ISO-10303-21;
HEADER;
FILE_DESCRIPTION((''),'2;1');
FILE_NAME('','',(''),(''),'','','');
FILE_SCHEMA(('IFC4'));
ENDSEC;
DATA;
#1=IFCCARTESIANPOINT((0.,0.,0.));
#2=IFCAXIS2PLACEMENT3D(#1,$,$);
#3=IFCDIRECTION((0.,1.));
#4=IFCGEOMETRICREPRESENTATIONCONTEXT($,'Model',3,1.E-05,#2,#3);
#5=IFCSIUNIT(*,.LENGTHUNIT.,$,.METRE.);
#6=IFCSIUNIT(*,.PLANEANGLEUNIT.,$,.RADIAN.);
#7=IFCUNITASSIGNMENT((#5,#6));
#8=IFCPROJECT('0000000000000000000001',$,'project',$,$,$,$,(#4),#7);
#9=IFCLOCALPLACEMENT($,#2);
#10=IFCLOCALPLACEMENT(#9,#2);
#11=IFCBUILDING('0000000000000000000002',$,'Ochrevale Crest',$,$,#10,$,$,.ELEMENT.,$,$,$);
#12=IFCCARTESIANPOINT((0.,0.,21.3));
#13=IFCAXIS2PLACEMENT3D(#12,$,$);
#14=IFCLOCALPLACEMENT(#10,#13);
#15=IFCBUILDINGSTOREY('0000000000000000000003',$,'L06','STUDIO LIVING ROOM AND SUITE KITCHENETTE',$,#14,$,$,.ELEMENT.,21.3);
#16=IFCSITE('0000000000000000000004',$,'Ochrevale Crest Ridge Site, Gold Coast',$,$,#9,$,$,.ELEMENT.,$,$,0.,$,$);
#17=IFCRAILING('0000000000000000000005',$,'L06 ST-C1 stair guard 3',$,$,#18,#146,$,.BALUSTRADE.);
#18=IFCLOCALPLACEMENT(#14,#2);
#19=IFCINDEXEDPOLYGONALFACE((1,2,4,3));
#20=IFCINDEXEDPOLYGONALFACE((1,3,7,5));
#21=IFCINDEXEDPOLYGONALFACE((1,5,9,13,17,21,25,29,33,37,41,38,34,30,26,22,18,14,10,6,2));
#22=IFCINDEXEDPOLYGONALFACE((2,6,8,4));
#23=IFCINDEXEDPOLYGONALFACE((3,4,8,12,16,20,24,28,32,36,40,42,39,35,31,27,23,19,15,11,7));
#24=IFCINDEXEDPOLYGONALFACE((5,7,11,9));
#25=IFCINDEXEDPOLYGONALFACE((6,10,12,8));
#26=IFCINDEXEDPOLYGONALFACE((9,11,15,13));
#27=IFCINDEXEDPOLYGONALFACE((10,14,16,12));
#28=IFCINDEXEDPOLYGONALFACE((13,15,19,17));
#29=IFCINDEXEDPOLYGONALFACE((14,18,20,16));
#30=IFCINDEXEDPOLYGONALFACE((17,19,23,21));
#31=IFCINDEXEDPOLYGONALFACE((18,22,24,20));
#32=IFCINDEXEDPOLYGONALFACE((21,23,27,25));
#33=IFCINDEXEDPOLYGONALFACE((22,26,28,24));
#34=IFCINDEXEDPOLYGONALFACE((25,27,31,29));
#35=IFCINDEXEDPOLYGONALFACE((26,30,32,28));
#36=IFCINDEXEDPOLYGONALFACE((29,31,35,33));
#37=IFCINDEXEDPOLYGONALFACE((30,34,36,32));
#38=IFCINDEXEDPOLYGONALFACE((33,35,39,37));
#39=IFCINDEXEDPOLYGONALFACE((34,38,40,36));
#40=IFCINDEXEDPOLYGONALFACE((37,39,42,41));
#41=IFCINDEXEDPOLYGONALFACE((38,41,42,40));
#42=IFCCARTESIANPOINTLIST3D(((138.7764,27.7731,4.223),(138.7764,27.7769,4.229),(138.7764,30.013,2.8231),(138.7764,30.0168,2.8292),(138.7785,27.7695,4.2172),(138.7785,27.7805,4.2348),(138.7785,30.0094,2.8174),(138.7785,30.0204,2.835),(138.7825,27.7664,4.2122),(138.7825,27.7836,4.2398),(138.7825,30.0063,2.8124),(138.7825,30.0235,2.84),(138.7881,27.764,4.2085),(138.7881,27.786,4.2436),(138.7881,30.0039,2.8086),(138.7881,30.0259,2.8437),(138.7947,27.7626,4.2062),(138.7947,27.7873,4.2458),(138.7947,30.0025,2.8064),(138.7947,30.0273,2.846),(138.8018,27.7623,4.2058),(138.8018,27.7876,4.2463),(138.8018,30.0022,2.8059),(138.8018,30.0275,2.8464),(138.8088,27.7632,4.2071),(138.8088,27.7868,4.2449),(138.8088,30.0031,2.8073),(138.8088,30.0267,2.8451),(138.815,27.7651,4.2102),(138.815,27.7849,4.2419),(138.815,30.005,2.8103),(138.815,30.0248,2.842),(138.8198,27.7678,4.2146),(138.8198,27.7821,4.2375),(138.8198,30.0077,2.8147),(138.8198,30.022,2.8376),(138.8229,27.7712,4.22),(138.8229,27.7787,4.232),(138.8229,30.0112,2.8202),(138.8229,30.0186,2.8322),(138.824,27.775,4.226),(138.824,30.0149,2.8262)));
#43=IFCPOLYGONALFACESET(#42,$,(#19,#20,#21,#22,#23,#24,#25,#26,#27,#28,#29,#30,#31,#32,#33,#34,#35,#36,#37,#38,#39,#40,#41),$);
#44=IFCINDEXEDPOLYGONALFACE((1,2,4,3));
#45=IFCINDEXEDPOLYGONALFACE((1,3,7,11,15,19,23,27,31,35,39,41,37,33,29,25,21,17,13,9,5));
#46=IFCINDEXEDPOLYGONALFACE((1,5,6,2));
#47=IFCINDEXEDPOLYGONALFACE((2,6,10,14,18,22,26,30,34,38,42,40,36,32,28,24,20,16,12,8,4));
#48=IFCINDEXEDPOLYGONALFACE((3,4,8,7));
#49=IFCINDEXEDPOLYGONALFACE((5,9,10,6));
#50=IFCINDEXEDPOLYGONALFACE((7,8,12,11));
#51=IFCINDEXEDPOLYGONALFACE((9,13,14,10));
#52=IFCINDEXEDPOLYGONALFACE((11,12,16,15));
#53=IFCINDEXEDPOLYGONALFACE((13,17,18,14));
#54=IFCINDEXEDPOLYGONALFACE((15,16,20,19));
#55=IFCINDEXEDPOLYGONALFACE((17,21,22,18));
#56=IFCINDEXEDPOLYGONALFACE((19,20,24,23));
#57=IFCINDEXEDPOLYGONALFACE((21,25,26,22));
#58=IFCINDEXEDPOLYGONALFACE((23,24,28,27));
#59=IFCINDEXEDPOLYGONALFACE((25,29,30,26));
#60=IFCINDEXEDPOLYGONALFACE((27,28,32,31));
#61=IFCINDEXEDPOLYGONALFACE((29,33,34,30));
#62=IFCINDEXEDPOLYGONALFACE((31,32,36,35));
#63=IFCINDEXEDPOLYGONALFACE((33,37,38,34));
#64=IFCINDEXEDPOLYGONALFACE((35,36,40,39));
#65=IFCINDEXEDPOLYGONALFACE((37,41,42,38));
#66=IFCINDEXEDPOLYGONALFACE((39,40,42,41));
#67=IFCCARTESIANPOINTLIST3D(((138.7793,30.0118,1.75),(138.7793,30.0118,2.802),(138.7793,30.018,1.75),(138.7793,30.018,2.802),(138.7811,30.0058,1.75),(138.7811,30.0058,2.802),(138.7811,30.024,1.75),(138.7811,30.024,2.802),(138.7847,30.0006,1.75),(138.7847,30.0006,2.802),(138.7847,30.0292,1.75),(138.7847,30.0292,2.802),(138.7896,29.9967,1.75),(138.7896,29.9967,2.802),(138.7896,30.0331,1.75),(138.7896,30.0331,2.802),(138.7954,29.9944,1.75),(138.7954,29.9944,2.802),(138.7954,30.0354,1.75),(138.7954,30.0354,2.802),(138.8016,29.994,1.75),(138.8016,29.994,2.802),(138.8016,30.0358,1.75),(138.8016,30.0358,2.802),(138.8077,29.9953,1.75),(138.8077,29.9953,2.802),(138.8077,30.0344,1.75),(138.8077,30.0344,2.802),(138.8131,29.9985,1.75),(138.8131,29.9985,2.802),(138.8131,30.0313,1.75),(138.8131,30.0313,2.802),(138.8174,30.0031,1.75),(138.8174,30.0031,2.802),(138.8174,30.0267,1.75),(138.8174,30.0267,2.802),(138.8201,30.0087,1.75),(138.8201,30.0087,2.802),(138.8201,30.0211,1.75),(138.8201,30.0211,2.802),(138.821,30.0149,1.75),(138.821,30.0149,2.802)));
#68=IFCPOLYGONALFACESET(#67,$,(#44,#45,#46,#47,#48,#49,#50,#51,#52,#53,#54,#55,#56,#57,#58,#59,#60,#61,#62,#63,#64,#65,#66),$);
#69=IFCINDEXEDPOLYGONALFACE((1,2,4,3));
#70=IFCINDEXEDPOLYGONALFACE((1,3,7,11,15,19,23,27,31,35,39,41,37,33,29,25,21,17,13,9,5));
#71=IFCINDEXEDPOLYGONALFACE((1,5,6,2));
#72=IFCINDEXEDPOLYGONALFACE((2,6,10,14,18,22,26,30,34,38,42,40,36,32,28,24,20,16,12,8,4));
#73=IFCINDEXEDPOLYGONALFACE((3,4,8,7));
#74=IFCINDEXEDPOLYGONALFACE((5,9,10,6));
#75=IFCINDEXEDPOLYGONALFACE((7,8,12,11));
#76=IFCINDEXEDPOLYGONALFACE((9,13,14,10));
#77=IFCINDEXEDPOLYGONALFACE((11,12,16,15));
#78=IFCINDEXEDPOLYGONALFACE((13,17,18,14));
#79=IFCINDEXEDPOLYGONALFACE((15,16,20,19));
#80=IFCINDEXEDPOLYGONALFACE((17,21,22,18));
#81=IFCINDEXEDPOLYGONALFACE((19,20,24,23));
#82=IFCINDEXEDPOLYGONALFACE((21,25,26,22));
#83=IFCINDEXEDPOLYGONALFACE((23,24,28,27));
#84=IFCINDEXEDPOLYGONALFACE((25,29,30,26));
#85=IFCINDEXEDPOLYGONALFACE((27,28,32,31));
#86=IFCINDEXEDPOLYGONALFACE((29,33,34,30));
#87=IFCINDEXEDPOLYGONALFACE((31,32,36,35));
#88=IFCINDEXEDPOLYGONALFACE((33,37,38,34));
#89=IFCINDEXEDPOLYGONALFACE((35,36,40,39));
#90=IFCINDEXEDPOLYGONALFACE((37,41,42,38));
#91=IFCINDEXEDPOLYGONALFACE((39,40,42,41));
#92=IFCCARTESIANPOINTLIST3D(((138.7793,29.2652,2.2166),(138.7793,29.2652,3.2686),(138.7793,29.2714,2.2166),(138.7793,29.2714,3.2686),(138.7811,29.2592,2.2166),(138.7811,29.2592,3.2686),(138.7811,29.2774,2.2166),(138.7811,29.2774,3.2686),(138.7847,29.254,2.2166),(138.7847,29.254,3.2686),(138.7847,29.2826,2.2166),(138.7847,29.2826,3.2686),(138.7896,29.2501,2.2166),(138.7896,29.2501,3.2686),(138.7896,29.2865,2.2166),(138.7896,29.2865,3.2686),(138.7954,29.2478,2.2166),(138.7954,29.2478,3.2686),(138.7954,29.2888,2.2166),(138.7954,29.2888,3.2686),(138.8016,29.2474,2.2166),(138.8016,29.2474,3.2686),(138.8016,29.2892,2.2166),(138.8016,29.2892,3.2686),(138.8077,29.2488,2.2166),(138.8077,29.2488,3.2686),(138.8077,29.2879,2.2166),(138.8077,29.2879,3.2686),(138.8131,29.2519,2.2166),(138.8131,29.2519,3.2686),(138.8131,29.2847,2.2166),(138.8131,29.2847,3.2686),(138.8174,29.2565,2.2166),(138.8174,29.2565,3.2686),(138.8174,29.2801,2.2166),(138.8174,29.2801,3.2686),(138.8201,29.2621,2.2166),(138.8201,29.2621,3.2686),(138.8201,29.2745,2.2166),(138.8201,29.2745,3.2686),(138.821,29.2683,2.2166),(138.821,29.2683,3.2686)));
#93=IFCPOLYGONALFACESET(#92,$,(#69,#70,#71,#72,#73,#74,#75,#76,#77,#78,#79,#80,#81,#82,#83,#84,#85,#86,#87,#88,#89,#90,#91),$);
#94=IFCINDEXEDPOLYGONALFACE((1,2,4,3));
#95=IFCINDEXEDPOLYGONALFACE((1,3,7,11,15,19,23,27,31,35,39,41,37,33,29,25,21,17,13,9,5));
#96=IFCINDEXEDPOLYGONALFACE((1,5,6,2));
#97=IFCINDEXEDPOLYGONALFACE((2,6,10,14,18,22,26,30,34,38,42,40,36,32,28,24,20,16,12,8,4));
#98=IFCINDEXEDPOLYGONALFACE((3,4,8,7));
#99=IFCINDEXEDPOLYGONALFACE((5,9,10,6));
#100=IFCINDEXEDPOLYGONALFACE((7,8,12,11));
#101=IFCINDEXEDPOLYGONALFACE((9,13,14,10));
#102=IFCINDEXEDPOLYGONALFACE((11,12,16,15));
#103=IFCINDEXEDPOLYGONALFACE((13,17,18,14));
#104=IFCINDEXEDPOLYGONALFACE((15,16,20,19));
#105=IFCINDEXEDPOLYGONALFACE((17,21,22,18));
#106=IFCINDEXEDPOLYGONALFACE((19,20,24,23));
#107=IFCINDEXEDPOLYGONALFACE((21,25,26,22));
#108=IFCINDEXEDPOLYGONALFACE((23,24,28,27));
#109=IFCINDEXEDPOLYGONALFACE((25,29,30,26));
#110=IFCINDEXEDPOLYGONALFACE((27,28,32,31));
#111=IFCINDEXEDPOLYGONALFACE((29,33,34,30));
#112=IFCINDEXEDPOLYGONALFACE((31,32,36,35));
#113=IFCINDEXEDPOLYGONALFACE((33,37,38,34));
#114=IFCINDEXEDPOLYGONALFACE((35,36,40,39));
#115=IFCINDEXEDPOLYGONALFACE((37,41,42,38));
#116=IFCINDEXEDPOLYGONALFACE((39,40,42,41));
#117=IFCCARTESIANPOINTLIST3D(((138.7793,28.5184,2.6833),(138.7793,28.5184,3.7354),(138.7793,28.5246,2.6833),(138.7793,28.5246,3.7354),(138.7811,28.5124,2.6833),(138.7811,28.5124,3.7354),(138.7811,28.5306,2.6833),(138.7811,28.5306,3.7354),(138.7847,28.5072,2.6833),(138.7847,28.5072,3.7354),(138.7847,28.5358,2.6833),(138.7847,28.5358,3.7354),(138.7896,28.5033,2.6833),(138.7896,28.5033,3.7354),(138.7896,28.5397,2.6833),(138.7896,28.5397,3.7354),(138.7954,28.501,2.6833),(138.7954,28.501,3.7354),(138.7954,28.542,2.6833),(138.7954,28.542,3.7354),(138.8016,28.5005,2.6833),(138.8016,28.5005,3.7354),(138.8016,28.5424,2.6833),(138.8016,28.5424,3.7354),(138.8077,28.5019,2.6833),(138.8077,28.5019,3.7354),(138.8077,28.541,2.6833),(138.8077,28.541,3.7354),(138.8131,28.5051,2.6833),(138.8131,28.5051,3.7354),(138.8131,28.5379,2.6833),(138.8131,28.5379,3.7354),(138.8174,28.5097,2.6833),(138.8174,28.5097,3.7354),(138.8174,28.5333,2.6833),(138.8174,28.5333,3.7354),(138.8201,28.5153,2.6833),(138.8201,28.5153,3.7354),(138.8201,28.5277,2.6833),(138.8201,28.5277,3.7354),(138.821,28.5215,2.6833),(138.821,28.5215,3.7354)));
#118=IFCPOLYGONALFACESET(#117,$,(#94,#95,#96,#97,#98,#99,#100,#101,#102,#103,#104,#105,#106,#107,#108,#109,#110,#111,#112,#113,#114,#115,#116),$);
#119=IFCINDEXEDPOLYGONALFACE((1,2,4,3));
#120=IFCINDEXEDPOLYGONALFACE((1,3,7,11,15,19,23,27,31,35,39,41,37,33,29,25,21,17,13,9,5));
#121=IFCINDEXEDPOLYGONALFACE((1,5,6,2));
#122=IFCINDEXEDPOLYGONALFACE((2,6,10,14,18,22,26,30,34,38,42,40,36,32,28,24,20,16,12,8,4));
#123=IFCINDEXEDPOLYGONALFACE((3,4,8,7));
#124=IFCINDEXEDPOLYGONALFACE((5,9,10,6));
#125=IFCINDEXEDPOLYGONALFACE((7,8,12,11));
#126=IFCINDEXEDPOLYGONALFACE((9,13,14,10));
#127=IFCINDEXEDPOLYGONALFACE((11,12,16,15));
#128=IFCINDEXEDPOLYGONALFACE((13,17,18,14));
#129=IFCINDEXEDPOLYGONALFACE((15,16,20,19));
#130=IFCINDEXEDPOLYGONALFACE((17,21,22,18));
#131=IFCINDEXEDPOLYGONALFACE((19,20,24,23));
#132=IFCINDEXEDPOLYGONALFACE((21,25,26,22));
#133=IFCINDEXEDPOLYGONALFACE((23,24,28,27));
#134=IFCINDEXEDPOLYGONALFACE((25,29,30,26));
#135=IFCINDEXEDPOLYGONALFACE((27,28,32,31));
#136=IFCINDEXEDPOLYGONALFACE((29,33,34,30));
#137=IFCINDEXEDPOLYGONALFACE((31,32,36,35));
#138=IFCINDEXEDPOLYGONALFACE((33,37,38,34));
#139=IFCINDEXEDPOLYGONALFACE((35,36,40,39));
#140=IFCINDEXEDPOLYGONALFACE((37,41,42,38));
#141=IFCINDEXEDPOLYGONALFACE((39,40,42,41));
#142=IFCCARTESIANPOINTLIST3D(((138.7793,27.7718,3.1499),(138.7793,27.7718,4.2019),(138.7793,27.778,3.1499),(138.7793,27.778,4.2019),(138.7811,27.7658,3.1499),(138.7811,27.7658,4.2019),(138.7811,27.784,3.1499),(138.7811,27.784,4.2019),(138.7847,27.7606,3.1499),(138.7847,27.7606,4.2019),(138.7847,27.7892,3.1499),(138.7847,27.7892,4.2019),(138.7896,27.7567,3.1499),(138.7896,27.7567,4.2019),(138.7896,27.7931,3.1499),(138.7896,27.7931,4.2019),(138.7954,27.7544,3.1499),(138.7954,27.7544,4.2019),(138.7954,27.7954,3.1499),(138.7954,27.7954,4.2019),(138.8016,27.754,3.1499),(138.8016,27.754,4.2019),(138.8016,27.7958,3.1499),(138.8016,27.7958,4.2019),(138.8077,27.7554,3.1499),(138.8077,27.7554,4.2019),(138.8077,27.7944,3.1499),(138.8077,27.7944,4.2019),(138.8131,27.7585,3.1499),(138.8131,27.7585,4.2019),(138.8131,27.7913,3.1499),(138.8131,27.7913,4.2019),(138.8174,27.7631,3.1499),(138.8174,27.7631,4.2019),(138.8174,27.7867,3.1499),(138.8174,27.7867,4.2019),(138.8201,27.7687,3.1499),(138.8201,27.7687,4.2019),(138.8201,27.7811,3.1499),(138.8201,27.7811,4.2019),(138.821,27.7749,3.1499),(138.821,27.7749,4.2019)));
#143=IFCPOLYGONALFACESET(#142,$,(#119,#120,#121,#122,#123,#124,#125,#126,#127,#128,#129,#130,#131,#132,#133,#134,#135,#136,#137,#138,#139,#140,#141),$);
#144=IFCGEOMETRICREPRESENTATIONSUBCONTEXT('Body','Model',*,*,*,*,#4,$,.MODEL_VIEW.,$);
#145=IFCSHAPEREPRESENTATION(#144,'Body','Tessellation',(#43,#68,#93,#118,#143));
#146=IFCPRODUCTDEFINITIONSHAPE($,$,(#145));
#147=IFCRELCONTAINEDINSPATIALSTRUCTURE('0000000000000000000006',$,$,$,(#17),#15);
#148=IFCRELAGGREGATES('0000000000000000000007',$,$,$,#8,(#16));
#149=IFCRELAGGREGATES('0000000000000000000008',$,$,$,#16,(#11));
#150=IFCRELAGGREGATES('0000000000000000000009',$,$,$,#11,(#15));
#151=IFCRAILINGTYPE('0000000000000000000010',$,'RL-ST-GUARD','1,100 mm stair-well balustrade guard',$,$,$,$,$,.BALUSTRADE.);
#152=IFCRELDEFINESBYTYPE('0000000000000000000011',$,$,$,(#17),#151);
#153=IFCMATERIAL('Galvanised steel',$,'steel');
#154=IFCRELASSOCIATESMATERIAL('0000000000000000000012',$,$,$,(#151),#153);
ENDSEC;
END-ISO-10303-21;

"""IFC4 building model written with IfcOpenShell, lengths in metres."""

from ifc_helpers import new_model, si_unit, direction, frame, origin, origin_2d, place, context, subcontext, project, spatial, circle, extrude, material, type_object, element, save


model = new_model("IFC4")

# Units and contexts
model_context = context("Model", 3, precision=1e-05, world=origin(), true_north=direction((0.0, 1.0)))
body_context = subcontext(model_context, "Body", "Model", "MODEL_VIEW")
ifc_project = project(units=[si_unit("LENGTHUNIT", "METRE"), si_unit("PLANEANGLEUNIT", "RADIAN")], contexts=[model_context])

# Site, building, storey
site_placement = place(None, origin())
site = spatial("IfcSite", under=ifc_project, at=site_placement, Name="Ochrevale Crest Ridge Site, Gold Coast", CompositionType="ELEMENT", RefElevation=0.0)
building_placement = place(site_placement, origin())
building = spatial("IfcBuilding", under=site, at=building_placement, Name="Ochrevale Crest", CompositionType="ELEMENT")
storey_placement = place(building_placement, frame((0.0, 0.0, 21.3)))
storey = spatial("IfcBuildingStorey", under=building, at=storey_placement, Name="L06", Description="STUDIO LIVING ROOM AND SUITE KITCHENETTE", CompositionType="ELEMENT", Elevation=21.3)

# Railing
ifc_material_1 = material(Name="Galvanised steel", Category="steel")
railing_type_1 = type_object("IfcRailingType", Name="RL-ST-GUARD", Description="1,100 mm stair-well balustrade guard", PredefinedType="BALUSTRADE", material=ifc_material_1)
railing_1_placement = place(storey_placement, frame((138.8, 30.0149, 1.75)))
element("IfcRailing", 1, at=railing_1_placement, inside=storey, type_object=railing_type_1, Name="L06 ST-C1 stair guard 3", PredefinedType="BALUSTRADE", context=body_context, shape_type="SweptSolid", body=[
    extrude(circle(Radius=0.0239, at=origin_2d()), frame((0.0, 0.0, 1.0762), z_axis=(0.0, -0.848014, 0.529974), x_axis=(1.0, 0.0, 0.0)), (0.0, 0.0, 1.0), 2.6414),
    extrude(circle(Radius=0.021, at=origin_2d()), origin(), (0.0, 0.0, 1.0), 1.052),
    extrude(circle(Radius=0.021, at=origin_2d()), frame((0.0, -0.7466, 0.4666)), (0.0, 0.0, 1.0), 1.052),
    extrude(circle(Radius=0.021, at=origin_2d()), frame((0.0, -1.4934, 0.9333)), (0.0, 0.0, 1.0), 1.052),
    extrude(circle(Radius=0.021, at=origin_2d()), frame((0.0, -2.24, 1.3999)), (0.0, 0.0, 1.0), 1.052),
])

save(model, "model.ifc")
